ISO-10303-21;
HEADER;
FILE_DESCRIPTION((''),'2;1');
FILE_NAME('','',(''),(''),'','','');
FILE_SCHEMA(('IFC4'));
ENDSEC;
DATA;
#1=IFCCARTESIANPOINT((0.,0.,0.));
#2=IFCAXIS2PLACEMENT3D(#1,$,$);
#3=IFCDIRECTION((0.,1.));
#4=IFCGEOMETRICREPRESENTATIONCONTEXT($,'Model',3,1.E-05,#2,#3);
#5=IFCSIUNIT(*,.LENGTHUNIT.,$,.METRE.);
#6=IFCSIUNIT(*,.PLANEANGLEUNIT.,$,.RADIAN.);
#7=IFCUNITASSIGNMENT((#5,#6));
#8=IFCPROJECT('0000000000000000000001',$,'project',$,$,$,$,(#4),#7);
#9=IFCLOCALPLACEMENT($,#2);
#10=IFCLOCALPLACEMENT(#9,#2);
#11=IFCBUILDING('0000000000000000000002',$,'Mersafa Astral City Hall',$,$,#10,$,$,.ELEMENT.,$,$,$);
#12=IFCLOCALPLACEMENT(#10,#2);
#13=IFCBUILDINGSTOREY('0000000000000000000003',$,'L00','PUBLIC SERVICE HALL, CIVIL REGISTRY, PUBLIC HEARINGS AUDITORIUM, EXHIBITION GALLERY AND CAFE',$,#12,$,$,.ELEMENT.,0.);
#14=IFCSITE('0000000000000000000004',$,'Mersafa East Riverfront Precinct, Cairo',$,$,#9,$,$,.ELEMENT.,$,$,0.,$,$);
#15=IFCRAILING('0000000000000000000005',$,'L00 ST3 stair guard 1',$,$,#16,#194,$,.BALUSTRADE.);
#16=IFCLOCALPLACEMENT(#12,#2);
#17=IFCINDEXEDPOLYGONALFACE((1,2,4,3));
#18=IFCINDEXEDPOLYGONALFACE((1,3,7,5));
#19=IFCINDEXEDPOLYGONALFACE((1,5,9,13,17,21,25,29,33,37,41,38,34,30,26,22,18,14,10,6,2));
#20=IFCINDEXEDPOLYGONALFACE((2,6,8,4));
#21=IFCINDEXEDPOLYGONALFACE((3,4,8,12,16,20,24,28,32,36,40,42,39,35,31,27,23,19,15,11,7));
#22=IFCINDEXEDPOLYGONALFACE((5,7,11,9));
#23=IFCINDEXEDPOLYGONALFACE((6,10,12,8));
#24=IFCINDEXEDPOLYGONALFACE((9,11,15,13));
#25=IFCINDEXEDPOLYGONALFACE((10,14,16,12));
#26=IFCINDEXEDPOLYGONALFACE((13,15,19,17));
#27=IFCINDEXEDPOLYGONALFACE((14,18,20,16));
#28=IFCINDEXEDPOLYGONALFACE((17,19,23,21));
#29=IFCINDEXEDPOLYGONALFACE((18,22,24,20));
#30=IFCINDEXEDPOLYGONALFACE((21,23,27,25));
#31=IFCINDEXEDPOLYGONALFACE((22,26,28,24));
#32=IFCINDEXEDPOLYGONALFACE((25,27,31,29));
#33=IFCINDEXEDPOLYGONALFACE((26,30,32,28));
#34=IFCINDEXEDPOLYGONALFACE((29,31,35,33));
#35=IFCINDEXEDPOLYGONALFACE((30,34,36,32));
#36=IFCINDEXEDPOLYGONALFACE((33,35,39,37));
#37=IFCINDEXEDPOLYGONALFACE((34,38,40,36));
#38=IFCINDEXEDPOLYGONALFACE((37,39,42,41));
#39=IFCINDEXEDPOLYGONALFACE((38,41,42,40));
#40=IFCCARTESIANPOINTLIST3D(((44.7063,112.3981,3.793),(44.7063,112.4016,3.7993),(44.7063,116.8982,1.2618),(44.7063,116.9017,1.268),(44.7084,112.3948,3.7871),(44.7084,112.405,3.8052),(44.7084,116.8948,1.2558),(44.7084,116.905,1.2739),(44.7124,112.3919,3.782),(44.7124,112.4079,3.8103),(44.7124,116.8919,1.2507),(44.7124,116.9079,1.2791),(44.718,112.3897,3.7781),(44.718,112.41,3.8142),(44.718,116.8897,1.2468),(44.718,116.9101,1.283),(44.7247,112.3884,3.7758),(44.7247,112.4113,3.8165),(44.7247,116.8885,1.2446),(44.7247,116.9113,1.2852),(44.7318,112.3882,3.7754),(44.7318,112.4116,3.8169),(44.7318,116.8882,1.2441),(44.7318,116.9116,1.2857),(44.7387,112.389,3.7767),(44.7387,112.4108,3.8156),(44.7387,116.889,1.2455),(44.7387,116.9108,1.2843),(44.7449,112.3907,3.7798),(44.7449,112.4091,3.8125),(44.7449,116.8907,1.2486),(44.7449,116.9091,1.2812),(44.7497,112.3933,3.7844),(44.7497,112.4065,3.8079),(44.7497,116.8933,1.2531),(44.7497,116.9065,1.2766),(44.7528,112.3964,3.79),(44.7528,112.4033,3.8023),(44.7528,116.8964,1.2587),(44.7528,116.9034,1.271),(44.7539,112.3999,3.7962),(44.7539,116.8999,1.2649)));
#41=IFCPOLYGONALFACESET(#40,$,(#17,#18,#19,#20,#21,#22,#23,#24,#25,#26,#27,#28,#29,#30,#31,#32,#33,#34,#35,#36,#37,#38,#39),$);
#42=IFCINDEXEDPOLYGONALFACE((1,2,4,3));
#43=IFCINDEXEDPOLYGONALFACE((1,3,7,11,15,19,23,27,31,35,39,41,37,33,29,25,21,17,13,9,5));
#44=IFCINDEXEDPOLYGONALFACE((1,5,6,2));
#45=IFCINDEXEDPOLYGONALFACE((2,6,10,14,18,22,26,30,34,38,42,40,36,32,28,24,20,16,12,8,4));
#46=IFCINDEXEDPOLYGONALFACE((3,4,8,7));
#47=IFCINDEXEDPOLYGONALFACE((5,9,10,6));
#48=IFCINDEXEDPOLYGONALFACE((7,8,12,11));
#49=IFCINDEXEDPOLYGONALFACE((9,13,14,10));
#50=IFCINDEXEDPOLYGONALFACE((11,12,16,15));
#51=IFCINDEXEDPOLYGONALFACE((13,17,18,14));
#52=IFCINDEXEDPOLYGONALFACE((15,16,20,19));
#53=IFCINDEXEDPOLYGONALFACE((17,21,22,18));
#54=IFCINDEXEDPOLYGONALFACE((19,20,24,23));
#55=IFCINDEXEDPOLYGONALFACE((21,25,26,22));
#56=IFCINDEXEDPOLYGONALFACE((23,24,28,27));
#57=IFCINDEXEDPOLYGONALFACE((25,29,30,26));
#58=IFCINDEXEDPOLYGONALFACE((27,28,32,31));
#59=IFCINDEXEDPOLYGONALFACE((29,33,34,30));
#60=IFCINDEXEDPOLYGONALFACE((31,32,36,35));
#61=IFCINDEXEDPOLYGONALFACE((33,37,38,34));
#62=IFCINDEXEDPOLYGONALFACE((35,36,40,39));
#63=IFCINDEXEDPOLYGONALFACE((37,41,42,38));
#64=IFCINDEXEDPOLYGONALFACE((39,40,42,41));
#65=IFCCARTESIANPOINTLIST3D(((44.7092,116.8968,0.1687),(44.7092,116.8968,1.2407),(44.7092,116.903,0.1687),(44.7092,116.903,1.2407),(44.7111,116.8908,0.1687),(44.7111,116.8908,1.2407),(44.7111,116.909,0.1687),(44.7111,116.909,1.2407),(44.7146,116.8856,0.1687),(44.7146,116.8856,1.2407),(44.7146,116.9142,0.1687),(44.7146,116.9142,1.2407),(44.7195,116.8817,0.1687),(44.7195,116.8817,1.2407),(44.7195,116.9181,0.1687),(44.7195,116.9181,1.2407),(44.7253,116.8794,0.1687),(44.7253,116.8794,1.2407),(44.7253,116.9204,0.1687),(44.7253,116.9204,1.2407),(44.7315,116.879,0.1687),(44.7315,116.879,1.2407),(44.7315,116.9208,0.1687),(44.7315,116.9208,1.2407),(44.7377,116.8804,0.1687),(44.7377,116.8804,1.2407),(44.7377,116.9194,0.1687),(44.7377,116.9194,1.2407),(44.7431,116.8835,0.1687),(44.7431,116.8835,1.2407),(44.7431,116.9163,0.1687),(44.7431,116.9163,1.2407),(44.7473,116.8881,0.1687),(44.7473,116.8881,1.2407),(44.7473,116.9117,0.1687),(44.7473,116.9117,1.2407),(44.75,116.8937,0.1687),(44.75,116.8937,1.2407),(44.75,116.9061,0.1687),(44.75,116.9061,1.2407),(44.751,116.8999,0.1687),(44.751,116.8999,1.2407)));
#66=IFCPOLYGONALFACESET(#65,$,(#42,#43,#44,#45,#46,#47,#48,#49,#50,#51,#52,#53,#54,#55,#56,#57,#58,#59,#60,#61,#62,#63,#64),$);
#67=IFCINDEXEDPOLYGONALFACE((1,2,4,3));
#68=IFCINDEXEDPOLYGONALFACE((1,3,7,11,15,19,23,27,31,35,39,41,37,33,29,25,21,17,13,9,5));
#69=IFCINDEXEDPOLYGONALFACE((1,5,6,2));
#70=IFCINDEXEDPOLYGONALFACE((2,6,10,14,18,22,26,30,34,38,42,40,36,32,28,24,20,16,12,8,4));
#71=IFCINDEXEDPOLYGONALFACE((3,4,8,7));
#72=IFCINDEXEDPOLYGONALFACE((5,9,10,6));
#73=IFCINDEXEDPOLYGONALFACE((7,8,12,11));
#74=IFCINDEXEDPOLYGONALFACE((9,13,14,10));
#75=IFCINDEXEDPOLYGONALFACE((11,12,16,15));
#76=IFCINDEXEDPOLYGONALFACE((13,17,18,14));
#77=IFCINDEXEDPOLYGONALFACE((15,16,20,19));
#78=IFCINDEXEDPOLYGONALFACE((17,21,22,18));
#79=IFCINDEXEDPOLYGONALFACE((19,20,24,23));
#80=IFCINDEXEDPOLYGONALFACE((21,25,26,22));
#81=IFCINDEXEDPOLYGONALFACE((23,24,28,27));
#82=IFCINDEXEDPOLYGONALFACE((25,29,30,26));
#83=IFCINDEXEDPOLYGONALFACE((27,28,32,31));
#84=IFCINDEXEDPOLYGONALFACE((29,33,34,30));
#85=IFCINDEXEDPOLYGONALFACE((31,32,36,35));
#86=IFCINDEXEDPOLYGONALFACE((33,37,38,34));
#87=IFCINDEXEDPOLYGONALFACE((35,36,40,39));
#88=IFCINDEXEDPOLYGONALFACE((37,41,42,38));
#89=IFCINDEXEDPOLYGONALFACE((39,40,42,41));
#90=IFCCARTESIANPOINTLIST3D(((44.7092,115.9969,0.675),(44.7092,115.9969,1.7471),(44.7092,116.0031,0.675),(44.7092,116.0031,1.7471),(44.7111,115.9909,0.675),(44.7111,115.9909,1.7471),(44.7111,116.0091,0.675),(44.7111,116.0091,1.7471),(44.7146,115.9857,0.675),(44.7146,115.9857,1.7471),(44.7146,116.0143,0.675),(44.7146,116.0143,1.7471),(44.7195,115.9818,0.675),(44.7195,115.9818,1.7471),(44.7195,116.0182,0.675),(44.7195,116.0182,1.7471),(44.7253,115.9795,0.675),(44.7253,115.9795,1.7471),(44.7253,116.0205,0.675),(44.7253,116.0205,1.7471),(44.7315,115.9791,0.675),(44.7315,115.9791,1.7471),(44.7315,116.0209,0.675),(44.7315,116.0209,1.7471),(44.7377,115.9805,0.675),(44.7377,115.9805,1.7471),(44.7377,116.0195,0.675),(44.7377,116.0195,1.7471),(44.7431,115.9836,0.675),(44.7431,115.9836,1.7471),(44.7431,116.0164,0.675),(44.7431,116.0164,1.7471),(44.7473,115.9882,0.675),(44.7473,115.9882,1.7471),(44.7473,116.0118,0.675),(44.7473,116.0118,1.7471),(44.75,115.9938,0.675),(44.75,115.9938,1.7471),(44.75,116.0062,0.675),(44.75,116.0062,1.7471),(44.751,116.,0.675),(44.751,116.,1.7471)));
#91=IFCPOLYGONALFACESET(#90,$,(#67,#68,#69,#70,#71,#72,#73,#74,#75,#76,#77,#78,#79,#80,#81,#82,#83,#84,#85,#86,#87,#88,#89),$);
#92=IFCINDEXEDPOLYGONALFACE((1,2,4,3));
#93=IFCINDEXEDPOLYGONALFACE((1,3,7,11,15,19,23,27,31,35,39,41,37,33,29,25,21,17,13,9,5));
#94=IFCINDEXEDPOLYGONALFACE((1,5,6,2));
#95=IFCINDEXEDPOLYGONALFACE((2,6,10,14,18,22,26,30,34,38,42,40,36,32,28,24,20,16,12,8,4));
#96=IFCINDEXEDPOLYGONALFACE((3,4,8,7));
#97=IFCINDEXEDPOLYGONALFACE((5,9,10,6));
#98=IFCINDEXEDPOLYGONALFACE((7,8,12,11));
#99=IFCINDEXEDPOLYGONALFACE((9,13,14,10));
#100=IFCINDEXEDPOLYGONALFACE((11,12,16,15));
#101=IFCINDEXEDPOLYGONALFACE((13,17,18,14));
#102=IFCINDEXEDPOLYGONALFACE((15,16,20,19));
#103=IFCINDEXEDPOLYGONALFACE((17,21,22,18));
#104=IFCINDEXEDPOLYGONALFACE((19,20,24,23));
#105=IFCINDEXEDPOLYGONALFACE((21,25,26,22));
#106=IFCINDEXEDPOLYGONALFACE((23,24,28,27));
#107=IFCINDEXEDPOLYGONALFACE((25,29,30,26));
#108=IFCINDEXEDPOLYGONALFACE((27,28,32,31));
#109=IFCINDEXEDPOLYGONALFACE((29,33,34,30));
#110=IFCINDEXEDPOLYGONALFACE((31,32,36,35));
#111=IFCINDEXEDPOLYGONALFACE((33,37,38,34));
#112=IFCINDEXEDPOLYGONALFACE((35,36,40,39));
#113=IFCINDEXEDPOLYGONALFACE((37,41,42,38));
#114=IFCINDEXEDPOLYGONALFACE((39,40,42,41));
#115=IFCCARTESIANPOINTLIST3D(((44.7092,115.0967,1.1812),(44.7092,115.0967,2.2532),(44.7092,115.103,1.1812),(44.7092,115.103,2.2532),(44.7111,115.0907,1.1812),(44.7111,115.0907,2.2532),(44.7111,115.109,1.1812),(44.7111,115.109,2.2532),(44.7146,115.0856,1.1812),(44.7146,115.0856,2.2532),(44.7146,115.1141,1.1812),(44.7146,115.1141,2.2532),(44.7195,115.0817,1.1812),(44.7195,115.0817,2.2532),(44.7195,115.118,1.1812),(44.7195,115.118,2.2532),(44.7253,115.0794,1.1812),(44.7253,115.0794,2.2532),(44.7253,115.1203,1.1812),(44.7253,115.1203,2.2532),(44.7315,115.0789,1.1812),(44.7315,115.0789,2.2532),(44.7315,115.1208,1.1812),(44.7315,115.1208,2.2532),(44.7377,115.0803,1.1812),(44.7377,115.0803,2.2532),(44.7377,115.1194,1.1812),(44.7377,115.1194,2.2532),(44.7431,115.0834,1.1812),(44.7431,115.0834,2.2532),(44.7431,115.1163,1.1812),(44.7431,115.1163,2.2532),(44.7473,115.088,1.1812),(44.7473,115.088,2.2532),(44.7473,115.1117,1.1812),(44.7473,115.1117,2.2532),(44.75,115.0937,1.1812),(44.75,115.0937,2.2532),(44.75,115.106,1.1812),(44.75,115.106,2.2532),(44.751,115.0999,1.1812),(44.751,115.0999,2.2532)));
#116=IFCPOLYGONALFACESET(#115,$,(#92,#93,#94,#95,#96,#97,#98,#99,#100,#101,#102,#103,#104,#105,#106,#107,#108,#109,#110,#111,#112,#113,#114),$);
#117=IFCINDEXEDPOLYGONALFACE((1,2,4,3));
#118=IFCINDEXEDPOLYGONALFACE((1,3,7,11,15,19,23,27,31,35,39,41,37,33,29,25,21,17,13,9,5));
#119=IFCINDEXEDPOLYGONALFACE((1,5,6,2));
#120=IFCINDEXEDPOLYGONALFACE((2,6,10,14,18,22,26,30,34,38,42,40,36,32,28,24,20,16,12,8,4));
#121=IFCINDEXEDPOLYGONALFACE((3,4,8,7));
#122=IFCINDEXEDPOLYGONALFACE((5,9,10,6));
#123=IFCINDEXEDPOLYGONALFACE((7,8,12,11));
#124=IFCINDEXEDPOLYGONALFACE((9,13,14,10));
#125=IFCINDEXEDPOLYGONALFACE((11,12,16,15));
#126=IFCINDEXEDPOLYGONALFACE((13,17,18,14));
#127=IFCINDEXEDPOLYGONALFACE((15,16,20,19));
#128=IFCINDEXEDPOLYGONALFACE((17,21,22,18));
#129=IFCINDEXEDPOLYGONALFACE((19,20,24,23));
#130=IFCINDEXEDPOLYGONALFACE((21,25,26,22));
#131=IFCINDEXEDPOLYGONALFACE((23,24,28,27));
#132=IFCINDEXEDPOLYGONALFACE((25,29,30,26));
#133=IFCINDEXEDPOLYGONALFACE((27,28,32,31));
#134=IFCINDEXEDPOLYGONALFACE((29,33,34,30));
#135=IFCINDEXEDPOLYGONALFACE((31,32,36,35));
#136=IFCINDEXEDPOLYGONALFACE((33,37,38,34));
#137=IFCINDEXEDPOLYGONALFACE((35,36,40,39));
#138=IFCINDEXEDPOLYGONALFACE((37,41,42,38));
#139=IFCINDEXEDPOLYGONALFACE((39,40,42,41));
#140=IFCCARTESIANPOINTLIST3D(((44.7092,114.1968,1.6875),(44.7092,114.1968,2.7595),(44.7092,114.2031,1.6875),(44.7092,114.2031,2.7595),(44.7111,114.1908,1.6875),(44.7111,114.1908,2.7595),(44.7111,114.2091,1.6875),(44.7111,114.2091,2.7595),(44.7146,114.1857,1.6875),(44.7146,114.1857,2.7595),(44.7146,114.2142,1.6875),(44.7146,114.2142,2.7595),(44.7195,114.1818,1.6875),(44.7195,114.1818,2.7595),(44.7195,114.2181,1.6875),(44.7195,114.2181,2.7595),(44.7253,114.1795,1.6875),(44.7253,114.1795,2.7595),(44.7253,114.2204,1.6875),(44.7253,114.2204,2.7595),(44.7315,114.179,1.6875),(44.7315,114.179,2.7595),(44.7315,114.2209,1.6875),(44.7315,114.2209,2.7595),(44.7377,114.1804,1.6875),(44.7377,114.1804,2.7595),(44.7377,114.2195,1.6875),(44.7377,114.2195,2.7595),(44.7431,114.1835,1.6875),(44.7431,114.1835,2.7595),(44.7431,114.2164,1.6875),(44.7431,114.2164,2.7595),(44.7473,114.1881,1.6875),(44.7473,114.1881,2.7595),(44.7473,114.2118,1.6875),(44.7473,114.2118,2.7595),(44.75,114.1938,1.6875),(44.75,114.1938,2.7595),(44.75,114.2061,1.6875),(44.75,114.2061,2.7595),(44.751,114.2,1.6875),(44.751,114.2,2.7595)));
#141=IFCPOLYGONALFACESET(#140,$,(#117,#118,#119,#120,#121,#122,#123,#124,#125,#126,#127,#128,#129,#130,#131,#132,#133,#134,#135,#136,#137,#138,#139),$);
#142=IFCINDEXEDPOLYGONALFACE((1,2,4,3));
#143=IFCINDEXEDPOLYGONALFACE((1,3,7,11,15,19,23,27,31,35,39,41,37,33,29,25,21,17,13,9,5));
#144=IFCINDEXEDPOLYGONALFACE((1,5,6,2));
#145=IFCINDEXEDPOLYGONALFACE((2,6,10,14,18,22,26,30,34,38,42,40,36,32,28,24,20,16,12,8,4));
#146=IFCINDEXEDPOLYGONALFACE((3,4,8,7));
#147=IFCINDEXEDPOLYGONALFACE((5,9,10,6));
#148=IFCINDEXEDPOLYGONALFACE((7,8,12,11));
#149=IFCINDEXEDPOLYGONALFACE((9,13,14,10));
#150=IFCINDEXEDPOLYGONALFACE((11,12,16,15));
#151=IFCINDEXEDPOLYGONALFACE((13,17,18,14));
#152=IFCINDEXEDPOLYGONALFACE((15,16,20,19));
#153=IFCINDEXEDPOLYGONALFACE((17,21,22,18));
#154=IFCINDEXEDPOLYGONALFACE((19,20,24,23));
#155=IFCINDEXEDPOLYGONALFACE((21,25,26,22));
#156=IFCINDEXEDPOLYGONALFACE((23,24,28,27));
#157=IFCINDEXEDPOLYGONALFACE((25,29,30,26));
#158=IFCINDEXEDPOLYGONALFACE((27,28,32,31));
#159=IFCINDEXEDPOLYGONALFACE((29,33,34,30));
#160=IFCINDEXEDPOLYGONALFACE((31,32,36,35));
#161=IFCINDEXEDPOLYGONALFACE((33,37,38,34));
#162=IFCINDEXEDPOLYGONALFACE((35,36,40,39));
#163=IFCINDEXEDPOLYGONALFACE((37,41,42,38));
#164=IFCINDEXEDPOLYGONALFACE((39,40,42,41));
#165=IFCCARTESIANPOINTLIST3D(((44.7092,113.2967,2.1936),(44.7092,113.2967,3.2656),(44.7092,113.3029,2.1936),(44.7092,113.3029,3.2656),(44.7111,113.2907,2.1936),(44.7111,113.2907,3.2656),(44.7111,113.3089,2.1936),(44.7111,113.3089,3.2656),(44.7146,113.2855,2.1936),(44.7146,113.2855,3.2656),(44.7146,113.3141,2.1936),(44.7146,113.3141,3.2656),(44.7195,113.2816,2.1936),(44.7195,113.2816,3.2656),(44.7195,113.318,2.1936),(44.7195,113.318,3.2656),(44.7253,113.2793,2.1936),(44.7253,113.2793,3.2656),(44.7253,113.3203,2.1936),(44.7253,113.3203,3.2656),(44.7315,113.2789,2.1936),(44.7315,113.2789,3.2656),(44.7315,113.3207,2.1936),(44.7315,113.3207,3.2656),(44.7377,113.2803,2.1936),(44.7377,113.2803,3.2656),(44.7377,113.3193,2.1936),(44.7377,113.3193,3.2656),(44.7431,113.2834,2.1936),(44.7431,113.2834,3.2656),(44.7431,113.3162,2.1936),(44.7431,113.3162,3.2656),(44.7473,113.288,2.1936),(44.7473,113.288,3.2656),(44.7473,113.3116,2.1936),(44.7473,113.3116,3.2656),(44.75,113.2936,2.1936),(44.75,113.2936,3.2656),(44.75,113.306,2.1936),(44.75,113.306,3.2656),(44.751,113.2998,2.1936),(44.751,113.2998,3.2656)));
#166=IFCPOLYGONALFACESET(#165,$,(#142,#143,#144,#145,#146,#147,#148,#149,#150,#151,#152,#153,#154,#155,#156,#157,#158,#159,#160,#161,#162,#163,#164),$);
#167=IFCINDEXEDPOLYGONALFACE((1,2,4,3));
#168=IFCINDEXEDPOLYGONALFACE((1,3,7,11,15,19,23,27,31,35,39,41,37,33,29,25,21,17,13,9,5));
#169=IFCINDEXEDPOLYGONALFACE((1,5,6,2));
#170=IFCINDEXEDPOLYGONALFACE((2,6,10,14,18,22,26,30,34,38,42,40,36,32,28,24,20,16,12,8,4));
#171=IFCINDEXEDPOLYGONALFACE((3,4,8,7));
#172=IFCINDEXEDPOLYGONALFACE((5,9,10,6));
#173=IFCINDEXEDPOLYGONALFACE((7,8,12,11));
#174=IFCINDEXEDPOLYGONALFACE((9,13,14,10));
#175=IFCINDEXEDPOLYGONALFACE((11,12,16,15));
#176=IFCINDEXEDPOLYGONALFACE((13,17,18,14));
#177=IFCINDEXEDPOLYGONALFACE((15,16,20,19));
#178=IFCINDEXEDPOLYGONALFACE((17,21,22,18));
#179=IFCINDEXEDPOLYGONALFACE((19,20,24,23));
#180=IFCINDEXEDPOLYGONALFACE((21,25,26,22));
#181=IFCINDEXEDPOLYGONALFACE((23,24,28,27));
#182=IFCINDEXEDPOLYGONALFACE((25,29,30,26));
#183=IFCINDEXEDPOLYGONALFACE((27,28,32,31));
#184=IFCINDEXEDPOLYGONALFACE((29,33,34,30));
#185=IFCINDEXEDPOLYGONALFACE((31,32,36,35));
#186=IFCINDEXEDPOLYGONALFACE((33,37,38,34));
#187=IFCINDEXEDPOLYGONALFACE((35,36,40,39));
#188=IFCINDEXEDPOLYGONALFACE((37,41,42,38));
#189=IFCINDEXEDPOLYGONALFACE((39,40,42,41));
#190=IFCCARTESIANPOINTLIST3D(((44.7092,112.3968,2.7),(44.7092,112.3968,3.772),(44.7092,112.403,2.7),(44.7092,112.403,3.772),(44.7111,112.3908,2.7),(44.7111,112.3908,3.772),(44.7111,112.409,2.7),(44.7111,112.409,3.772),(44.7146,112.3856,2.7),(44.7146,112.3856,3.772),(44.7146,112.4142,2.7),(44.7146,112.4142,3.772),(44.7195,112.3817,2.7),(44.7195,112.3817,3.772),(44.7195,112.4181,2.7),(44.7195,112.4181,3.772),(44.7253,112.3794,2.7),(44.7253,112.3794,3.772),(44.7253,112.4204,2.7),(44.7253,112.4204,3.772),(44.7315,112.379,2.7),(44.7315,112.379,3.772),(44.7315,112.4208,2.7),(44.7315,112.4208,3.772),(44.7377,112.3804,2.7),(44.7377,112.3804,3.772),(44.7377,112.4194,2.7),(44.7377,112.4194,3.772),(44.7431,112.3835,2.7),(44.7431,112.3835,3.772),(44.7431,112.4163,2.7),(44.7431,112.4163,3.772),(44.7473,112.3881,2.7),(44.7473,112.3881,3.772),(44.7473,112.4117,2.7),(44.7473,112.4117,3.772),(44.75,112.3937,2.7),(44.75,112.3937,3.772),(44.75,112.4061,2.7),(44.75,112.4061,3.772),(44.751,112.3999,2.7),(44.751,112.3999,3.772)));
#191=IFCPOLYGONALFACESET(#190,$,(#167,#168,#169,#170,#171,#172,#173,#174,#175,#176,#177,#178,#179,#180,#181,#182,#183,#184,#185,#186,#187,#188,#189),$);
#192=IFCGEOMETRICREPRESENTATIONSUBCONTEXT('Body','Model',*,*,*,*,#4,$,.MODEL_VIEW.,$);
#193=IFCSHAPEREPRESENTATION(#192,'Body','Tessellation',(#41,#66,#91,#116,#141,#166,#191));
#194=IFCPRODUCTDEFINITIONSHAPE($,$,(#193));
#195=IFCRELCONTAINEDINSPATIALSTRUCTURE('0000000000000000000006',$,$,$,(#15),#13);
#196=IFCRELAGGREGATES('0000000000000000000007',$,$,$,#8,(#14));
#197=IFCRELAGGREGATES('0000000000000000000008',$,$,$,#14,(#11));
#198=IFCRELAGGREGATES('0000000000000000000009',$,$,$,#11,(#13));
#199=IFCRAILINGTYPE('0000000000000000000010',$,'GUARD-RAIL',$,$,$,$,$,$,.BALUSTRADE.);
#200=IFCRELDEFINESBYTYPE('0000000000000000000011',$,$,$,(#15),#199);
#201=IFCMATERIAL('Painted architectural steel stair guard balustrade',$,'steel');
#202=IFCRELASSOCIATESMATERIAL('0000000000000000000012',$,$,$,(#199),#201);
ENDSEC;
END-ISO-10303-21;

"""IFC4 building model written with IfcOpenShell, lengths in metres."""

from ifc_helpers import new_model, si_unit, direction, frame, origin, origin_2d, place, context, subcontext, project, spatial, circle, extrude, material, type_object, element, save


model = new_model("IFC4")

# Units and contexts
model_context = context("Model", 3, precision=1e-05, world=origin(), true_north=direction((0.0, 1.0)))
body_context = subcontext(model_context, "Body", "Model", "MODEL_VIEW")
ifc_project = project(units=[si_unit("LENGTHUNIT", "METRE"), si_unit("PLANEANGLEUNIT", "RADIAN")], contexts=[model_context])

# Site, building, storey
site_placement = place(None, origin())
site = spatial("IfcSite", under=ifc_project, at=site_placement, Name="Mersafa East Riverfront Precinct, Cairo", CompositionType="ELEMENT", RefElevation=0.0)
building_placement = place(site_placement, origin())
building = spatial("IfcBuilding", under=site, at=building_placement, Name="Mersafa Astral City Hall", CompositionType="ELEMENT")
storey_placement = place(building_placement, origin())
storey = spatial("IfcBuildingStorey", under=building, at=storey_placement, Name="L00", Description="PUBLIC SERVICE HALL, CIVIL REGISTRY, PUBLIC HEARINGS AUDITORIUM, EXHIBITION GALLERY AND CAFE", CompositionType="ELEMENT", Elevation=0.0)

# Railing
ifc_material_1 = material(Name="Painted architectural steel stair guard balustrade", Category="steel")
railing_type_1 = type_object("IfcRailingType", Name="GUARD-RAIL", PredefinedType="BALUSTRADE", material=ifc_material_1)
railing_1_placement = place(storey_placement, frame((44.73, 116.8999, 0.1687)))
element("IfcRailing", 1, at=railing_1_placement, inside=storey, type_object=railing_type_1, Name="L00 ST3 stair guard 1", PredefinedType="BALUSTRADE", context=body_context, shape_type="SweptSolid", body=[
    extrude(circle(Radius=0.0239, at=origin_2d()), frame((0.0, 0.0, 1.0962), z_axis=(0.0, -0.871576, 0.490261), x_axis=(1.0, 0.0, 0.0)), (0.0, 0.0, 1.0), 5.1631),
    extrude(circle(Radius=0.021, at=origin_2d()), origin(), (0.0, 0.0, 1.0), 1.072),
    extrude(circle(Radius=0.021, at=origin_2d()), frame((0.0, -0.8999, 0.5063)), (0.0, 0.0, 1.0), 1.072),
    extrude(circle(Radius=0.021, at=origin_2d()), frame((0.0, -1.8, 1.0125)), (0.0, 0.0, 1.0), 1.072),
    extrude(circle(Radius=0.021, at=origin_2d()), frame((0.0, -2.7, 1.5188)), (0.0, 0.0, 1.0), 1.072),
    extrude(circle(Radius=0.021, at=origin_2d()), frame((0.0, -3.6001, 2.0249)), (0.0, 0.0, 1.0), 1.072),
    extrude(circle(Radius=0.021, at=origin_2d()), frame((0.0, -4.5, 2.5312)), (0.0, 0.0, 1.0), 1.072),
])

save(model, "model.ifc")
